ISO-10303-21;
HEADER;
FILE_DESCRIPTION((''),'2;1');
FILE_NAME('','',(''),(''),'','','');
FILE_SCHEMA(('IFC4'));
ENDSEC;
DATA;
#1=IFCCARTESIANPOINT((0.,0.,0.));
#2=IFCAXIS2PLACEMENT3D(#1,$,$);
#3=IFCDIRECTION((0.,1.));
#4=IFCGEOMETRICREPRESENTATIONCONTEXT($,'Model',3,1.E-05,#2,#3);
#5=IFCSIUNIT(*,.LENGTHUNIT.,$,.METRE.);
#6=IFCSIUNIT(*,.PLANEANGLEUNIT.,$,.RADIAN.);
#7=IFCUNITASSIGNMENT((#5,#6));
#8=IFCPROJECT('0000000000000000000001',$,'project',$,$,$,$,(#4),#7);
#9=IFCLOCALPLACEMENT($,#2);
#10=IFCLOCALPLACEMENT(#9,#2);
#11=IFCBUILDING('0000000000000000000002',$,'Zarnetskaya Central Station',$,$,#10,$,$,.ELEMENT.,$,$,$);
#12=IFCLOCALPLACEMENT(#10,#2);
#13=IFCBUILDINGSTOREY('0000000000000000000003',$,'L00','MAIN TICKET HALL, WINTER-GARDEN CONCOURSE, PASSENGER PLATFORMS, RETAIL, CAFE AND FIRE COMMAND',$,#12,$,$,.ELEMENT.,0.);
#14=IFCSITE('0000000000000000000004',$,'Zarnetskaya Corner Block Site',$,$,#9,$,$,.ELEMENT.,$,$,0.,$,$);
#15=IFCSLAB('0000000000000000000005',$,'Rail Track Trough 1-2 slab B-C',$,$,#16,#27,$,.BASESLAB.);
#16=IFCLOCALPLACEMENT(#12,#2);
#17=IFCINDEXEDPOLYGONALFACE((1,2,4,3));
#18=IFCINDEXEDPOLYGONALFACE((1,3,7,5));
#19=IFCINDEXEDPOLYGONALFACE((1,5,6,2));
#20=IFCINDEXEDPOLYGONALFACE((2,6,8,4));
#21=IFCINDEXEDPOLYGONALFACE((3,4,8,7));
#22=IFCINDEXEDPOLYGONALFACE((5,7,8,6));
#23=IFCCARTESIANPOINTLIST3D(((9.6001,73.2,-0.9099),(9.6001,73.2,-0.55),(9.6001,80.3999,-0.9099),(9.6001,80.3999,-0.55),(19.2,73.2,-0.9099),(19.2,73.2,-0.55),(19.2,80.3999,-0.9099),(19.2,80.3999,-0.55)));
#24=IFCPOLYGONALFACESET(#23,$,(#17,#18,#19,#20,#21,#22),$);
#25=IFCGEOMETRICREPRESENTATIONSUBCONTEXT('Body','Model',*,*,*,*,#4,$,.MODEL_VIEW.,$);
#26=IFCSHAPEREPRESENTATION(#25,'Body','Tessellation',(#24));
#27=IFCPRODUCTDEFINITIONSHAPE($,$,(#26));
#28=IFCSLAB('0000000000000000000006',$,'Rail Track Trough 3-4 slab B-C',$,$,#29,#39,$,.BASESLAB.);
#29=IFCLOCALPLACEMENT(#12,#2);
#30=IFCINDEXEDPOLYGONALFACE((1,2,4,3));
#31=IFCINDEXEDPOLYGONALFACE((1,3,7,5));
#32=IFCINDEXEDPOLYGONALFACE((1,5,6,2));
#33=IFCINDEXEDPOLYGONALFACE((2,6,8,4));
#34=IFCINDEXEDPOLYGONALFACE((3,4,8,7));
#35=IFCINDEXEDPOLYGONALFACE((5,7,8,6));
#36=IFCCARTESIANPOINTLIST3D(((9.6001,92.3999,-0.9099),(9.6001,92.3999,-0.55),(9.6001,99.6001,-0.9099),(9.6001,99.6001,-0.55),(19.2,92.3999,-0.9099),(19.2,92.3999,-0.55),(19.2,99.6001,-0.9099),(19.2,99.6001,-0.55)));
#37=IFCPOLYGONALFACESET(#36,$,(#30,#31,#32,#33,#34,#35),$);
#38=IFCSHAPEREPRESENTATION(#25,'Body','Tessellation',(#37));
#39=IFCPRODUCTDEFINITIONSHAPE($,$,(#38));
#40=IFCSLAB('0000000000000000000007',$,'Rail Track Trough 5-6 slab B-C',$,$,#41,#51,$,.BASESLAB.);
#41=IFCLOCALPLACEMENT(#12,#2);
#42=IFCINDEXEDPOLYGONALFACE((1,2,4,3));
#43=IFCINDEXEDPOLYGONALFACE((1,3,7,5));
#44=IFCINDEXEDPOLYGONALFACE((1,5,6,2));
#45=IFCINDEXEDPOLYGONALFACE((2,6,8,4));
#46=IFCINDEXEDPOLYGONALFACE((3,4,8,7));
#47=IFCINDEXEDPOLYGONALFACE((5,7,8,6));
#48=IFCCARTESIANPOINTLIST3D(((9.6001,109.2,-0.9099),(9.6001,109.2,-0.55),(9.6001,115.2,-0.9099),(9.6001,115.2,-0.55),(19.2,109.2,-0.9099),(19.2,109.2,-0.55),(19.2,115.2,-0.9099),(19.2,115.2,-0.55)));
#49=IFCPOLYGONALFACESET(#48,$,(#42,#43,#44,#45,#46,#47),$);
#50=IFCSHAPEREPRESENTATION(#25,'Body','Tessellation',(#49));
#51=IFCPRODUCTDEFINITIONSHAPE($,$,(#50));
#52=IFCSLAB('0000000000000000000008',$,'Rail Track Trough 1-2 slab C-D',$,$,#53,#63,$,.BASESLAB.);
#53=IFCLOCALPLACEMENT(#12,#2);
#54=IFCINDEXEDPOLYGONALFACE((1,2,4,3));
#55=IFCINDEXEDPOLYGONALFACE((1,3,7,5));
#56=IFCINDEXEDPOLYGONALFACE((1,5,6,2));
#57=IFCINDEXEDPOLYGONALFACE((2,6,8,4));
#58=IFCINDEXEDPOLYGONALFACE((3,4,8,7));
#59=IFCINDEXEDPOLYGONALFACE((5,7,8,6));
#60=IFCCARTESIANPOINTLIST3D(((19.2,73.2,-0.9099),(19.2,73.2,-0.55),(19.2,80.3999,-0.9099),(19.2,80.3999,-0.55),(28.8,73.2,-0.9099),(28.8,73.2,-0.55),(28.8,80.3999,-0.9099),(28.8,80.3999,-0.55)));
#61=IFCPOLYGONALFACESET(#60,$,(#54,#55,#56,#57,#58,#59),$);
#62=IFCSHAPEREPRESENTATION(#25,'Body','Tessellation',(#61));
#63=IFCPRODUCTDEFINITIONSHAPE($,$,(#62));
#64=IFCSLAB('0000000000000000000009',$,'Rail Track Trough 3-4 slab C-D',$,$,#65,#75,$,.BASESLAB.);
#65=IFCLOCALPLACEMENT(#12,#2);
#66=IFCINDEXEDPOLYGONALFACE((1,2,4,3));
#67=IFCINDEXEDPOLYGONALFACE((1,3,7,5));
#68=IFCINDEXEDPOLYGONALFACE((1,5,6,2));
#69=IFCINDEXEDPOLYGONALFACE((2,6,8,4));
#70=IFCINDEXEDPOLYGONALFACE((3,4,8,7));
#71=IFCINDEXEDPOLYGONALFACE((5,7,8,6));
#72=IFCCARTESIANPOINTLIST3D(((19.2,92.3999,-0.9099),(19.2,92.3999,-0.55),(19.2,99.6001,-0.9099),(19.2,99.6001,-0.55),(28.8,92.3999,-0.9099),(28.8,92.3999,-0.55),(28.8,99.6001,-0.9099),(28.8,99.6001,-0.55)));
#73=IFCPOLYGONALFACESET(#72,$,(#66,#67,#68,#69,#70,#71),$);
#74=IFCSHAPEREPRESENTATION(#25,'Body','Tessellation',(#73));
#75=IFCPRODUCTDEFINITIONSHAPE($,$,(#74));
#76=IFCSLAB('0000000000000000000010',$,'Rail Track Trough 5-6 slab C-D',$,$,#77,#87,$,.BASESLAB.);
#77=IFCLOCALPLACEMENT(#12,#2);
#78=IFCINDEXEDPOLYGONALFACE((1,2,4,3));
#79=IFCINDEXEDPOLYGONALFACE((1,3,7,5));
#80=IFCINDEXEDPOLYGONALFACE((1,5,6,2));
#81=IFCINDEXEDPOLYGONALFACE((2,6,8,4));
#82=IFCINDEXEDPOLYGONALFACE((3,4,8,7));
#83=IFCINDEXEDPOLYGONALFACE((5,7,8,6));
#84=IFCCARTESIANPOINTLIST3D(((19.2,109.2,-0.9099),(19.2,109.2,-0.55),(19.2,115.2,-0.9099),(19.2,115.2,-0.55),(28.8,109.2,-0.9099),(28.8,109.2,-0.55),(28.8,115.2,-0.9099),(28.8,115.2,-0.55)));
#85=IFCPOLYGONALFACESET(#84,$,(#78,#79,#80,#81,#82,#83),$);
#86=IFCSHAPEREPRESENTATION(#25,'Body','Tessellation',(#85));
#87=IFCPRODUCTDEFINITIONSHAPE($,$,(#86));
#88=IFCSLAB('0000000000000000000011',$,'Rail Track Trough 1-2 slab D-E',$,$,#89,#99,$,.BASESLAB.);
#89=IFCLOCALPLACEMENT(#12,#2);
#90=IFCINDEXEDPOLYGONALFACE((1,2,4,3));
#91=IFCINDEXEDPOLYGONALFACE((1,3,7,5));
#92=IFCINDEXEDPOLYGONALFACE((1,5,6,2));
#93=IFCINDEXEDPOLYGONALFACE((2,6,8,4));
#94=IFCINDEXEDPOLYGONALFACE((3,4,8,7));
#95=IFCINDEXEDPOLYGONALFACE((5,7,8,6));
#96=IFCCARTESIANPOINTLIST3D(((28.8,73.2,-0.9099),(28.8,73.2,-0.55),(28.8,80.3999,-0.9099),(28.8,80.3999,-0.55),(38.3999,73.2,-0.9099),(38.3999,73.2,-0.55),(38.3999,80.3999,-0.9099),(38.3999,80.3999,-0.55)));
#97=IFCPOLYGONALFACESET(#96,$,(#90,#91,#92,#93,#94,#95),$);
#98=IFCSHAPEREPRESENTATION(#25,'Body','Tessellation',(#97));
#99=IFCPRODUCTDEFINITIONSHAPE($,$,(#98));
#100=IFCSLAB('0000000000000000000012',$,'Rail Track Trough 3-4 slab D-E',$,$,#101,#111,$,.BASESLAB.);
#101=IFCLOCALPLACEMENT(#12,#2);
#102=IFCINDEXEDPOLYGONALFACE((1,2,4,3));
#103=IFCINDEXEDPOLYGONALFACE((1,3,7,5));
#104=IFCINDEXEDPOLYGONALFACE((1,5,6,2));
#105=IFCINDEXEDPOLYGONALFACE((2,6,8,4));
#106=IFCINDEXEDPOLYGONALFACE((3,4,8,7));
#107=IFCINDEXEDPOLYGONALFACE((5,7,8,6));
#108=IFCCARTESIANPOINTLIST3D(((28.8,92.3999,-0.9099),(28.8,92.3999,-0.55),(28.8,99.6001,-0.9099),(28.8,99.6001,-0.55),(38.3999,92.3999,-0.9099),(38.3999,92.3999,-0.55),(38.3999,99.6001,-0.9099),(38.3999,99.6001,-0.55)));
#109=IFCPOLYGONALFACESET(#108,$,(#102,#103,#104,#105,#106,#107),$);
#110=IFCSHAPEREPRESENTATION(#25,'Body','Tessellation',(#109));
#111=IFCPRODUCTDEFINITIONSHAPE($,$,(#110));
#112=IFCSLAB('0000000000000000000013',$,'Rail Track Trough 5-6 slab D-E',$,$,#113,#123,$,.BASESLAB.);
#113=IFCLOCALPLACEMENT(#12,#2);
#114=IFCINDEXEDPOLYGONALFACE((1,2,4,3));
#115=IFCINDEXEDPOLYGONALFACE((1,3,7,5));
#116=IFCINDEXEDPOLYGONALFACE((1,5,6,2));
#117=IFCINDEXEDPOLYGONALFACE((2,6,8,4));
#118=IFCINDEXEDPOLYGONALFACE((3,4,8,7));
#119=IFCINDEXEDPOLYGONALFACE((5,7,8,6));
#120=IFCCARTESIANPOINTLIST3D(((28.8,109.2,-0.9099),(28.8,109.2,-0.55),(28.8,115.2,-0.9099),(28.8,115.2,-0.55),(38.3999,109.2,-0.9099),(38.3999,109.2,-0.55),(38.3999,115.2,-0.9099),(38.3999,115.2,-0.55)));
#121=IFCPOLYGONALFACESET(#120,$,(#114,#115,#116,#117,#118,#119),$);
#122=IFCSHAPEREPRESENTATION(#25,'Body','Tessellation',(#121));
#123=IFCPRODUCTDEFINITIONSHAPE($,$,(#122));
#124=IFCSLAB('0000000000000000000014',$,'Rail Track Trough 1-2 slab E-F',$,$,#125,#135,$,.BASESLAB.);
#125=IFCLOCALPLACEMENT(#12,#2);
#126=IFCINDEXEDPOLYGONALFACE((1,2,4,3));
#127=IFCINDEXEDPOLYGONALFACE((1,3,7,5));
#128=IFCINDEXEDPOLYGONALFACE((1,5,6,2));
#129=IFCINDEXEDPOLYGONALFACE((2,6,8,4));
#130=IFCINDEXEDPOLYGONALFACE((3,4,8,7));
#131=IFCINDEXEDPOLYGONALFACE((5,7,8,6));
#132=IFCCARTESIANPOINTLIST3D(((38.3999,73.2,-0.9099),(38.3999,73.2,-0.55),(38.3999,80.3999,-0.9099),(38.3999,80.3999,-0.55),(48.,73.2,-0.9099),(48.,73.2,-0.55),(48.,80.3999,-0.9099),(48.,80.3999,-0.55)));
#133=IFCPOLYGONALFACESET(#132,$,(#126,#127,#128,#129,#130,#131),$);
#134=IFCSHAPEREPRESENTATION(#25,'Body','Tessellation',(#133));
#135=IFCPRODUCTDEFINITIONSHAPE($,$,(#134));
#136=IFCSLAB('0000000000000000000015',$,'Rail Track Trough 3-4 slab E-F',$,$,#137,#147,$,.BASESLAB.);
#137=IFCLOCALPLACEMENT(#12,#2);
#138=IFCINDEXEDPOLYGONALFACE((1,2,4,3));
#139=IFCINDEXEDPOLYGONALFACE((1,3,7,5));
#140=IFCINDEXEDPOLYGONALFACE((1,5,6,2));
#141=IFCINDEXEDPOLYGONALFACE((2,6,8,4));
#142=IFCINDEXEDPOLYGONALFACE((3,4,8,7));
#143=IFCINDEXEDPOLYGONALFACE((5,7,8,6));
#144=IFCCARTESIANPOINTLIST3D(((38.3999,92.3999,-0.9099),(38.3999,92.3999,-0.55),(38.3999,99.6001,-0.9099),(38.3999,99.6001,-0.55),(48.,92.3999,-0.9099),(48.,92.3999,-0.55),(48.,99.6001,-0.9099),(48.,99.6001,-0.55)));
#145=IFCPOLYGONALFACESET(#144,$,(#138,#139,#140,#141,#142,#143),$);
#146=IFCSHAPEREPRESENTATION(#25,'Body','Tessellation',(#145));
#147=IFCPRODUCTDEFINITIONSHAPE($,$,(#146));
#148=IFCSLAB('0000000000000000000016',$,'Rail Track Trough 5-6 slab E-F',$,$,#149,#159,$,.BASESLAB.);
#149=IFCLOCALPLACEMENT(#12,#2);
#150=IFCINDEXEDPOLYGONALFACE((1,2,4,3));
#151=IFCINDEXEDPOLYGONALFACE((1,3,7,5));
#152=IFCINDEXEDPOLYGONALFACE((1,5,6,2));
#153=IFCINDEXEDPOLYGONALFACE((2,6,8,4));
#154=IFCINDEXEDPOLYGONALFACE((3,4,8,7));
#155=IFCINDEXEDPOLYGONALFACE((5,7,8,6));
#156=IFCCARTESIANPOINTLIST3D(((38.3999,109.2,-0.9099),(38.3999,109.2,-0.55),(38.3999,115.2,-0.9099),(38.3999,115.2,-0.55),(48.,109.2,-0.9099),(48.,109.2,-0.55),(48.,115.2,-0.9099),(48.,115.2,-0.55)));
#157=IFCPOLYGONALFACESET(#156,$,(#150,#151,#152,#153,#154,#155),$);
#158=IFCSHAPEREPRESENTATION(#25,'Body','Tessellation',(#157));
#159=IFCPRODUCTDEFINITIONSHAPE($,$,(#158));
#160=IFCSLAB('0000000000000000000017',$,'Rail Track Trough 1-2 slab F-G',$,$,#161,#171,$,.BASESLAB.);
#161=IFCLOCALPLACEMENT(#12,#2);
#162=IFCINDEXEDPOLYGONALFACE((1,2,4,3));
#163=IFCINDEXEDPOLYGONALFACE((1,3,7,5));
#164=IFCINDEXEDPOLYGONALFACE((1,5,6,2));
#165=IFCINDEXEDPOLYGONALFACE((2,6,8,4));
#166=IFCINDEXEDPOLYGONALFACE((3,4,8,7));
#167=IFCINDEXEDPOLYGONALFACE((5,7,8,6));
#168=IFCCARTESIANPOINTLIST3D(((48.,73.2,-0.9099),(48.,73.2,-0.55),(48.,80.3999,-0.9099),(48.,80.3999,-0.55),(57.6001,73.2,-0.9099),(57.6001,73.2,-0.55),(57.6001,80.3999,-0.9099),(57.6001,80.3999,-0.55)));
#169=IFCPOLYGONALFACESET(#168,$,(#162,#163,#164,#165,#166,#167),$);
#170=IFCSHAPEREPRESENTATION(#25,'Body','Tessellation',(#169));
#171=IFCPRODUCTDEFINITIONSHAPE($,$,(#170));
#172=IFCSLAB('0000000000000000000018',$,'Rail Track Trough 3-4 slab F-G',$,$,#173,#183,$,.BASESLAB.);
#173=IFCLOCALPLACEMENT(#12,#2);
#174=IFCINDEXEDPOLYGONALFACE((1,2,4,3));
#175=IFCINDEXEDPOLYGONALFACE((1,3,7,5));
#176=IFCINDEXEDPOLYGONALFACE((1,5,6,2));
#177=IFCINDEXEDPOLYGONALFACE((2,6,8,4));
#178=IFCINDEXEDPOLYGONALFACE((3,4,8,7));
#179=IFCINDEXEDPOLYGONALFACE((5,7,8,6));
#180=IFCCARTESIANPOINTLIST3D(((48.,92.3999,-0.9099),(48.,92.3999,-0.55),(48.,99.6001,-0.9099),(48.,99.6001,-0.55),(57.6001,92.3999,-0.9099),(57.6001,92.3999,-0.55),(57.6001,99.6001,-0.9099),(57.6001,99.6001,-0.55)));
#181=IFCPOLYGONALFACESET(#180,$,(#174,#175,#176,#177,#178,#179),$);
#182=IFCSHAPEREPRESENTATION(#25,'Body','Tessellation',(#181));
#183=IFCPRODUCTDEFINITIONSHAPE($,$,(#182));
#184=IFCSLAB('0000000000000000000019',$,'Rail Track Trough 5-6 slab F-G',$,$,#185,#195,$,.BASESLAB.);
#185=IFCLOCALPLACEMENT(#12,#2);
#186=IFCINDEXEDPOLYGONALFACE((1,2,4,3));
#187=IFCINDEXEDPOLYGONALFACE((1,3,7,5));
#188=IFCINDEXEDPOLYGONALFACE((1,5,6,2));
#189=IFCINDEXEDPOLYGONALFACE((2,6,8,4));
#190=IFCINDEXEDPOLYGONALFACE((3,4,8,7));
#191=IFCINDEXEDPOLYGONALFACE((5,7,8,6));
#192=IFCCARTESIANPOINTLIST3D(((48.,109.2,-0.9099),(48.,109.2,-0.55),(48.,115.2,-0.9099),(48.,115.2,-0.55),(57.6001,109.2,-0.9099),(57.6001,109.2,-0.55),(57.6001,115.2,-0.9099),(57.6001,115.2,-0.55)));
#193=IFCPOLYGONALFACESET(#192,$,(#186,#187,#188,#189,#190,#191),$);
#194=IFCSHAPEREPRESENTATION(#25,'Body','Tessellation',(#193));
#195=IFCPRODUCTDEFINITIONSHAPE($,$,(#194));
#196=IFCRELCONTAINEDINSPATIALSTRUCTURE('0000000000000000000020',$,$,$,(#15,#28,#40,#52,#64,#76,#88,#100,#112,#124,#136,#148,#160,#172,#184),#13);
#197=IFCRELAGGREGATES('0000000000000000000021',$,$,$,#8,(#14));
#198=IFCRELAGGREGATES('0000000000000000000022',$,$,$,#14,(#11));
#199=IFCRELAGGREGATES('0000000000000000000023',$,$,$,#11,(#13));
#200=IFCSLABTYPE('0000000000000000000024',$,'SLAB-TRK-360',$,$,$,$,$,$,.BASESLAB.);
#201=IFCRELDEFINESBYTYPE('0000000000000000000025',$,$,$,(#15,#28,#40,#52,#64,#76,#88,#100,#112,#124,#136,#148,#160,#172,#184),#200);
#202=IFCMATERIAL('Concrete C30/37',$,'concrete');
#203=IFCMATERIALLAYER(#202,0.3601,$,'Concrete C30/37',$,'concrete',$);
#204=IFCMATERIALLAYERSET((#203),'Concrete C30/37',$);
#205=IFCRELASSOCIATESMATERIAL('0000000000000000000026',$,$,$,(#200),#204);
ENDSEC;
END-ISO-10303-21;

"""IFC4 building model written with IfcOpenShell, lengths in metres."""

from ifc_helpers import new_model, si_unit, direction, frame, origin, place, context, subcontext, project, spatial, polyline, outline, extrude, material, layer, layer_set, type_object, element, save


model = new_model("IFC4")

# Units and contexts
model_context = context("Model", 3, precision=1e-05, world=origin(), true_north=direction((0.0, 1.0)))
body_context = subcontext(model_context, "Body", "Model", "MODEL_VIEW")
ifc_project = project(units=[si_unit("LENGTHUNIT", "METRE"), si_unit("PLANEANGLEUNIT", "RADIAN")], contexts=[model_context])

# Site, building, storey
site_placement = place(None, origin())
site = spatial("IfcSite", under=ifc_project, at=site_placement, Name="Zarnetskaya Corner Block Site", CompositionType="ELEMENT", RefElevation=0.0)
building_placement = place(site_placement, origin())
building = spatial("IfcBuilding", under=site, at=building_placement, Name="Zarnetskaya Central Station", CompositionType="ELEMENT")
storey_placement = place(building_placement, origin())
storey = spatial("IfcBuildingStorey", under=building, at=storey_placement, Name="L00", Description="MAIN TICKET HALL, WINTER-GARDEN CONCOURSE, PASSENGER PLATFORMS, RETAIL, CAFE AND FIRE COMMAND", CompositionType="ELEMENT", Elevation=0.0)

# Slabs
ifc_material = material(Name="Concrete C30/37", Category="concrete")
ifc_layer = layer(ifc_material, 0.3601, Name="Concrete C30/37", Category="concrete")
ifc_layer_set = layer_set([ifc_layer], Name="Concrete C30/37")
slab_type = type_object("IfcSlabType", Name="SLAB-TRK-360", PredefinedType="BASESLAB", material=ifc_layer_set)
slab_1_placement = place(storey_placement, frame((0.0, 0.0, -0.9099)))
element("IfcSlab", 1, at=slab_1_placement, inside=storey, type_object=slab_type, Name="Rail Track Trough 1-2 slab B-C", PredefinedType="BASESLAB", context=body_context, shape_type="SweptSolid", body=[
    extrude(outline(polyline([(9.6001, 73.2), (19.2, 73.2), (19.2, 80.3999), (9.6001, 80.3999), (9.6001, 73.2)])), origin(), (0.0, 0.0, 1.0), 0.3599),
])
slab_2_placement = place(storey_placement, frame((0.0, 0.0, -0.9099)))
element("IfcSlab", 2, at=slab_2_placement, inside=storey, type_object=slab_type, Name="Rail Track Trough 3-4 slab B-C", PredefinedType="BASESLAB", context=body_context, shape_type="SweptSolid", body=[
    extrude(outline(polyline([(9.6001, 92.3999), (19.2, 92.3999), (19.2, 99.6001), (9.6001, 99.6001), (9.6001, 92.3999)])), origin(), (0.0, 0.0, 1.0), 0.3599),
])
slab_3_placement = place(storey_placement, frame((0.0, 0.0, -0.9099)))
element("IfcSlab", 3, at=slab_3_placement, inside=storey, type_object=slab_type, Name="Rail Track Trough 5-6 slab B-C", PredefinedType="BASESLAB", context=body_context, shape_type="SweptSolid", body=[
    extrude(outline(polyline([(9.6001, 109.2), (19.2, 109.2), (19.2, 115.2), (9.6001, 115.2), (9.6001, 109.2)])), origin(), (0.0, 0.0, 1.0), 0.3599),
])
slab_4_placement = place(storey_placement, frame((0.0, 0.0, -0.9099)))
element("IfcSlab", 4, at=slab_4_placement, inside=storey, type_object=slab_type, Name="Rail Track Trough 1-2 slab C-D", PredefinedType="BASESLAB", context=body_context, shape_type="SweptSolid", body=[
    extrude(outline(polyline([(19.2, 73.2), (28.8, 73.2), (28.8, 80.3999), (19.2, 80.3999), (19.2, 73.2)])), origin(), (0.0, 0.0, 1.0), 0.3599),
])
slab_5_placement = place(storey_placement, frame((0.0, 0.0, -0.9099)))
element("IfcSlab", 5, at=slab_5_placement, inside=storey, type_object=slab_type, Name="Rail Track Trough 3-4 slab C-D", PredefinedType="BASESLAB", context=body_context, shape_type="SweptSolid", body=[
    extrude(outline(polyline([(19.2, 92.3999), (28.8, 92.3999), (28.8, 99.6001), (19.2, 99.6001), (19.2, 92.3999)])), origin(), (0.0, 0.0, 1.0), 0.3599),
])
slab_6_placement = place(storey_placement, frame((0.0, 0.0, -0.9099)))
element("IfcSlab", 6, at=slab_6_placement, inside=storey, type_object=slab_type, Name="Rail Track Trough 5-6 slab C-D", PredefinedType="BASESLAB", context=body_context, shape_type="SweptSolid", body=[
    extrude(outline(polyline([(19.2, 109.2), (28.8, 109.2), (28.8, 115.2), (19.2, 115.2), (19.2, 109.2)])), origin(), (0.0, 0.0, 1.0), 0.3599),
])
slab_7_placement = place(storey_placement, frame((0.0, 0.0, -0.9099)))
element("IfcSlab", 7, at=slab_7_placement, inside=storey, type_object=slab_type, Name="Rail Track Trough 1-2 slab D-E", PredefinedType="BASESLAB", context=body_context, shape_type="SweptSolid", body=[
    extrude(outline(polyline([(28.8, 73.2), (38.3999, 73.2), (38.3999, 80.3999), (28.8, 80.3999), (28.8, 73.2)])), origin(), (0.0, 0.0, 1.0), 0.3599),
])
slab_8_placement = place(storey_placement, frame((0.0, 0.0, -0.9099)))
element("IfcSlab", 8, at=slab_8_placement, inside=storey, type_object=slab_type, Name="Rail Track Trough 3-4 slab D-E", PredefinedType="BASESLAB", context=body_context, shape_type="SweptSolid", body=[
    extrude(outline(polyline([(28.8, 92.3999), (38.3999, 92.3999), (38.3999, 99.6001), (28.8, 99.6001), (28.8, 92.3999)])), origin(), (0.0, 0.0, 1.0), 0.3599),
])
slab_9_placement = place(storey_placement, frame((0.0, 0.0, -0.9099)))
element("IfcSlab", 9, at=slab_9_placement, inside=storey, type_object=slab_type, Name="Rail Track Trough 5-6 slab D-E", PredefinedType="BASESLAB", context=body_context, shape_type="SweptSolid", body=[
    extrude(outline(polyline([(28.8, 109.2), (38.3999, 109.2), (38.3999, 115.2), (28.8, 115.2), (28.8, 109.2)])), origin(), (0.0, 0.0, 1.0), 0.3599),
])
slab_10_placement = place(storey_placement, frame((0.0, 0.0, -0.9099)))
element("IfcSlab", 10, at=slab_10_placement, inside=storey, type_object=slab_type, Name="Rail Track Trough 1-2 slab E-F", PredefinedType="BASESLAB", context=body_context, shape_type="SweptSolid", body=[
    extrude(outline(polyline([(38.3999, 73.2), (48.0, 73.2), (48.0, 80.3999), (38.3999, 80.3999), (38.3999, 73.2)])), origin(), (0.0, 0.0, 1.0), 0.3599),
])
slab_11_placement = place(storey_placement, frame((0.0, 0.0, -0.9099)))
element("IfcSlab", 11, at=slab_11_placement, inside=storey, type_object=slab_type, Name="Rail Track Trough 3-4 slab E-F", PredefinedType="BASESLAB", context=body_context, shape_type="SweptSolid", body=[
    extrude(outline(polyline([(38.3999, 92.3999), (48.0, 92.3999), (48.0, 99.6001), (38.3999, 99.6001), (38.3999, 92.3999)])), origin(), (0.0, 0.0, 1.0), 0.3599),
])
slab_12_placement = place(storey_placement, frame((0.0, 0.0, -0.9099)))
element("IfcSlab", 12, at=slab_12_placement, inside=storey, type_object=slab_type, Name="Rail Track Trough 5-6 slab E-F", PredefinedType="BASESLAB", context=body_context, shape_type="SweptSolid", body=[
    extrude(outline(polyline([(38.3999, 109.2), (48.0, 109.2), (48.0, 115.2), (38.3999, 115.2), (38.3999, 109.2)])), origin(), (0.0, 0.0, 1.0), 0.3599),
])
slab_13_placement = place(storey_placement, frame((0.0, 0.0, -0.9099)))
element("IfcSlab", 13, at=slab_13_placement, inside=storey, type_object=slab_type, Name="Rail Track Trough 1-2 slab F-G", PredefinedType="BASESLAB", context=body_context, shape_type="SweptSolid", body=[
    extrude(outline(polyline([(48.0, 73.2), (57.6001, 73.2), (57.6001, 80.3999), (48.0, 80.3999), (48.0, 73.2)])), origin(), (0.0, 0.0, 1.0), 0.3599),
])
slab_14_placement = place(storey_placement, frame((0.0, 0.0, -0.9099)))
element("IfcSlab", 14, at=slab_14_placement, inside=storey, type_object=slab_type, Name="Rail Track Trough 3-4 slab F-G", PredefinedType="BASESLAB", context=body_context, shape_type="SweptSolid", body=[
    extrude(outline(polyline([(48.0, 92.3999), (57.6001, 92.3999), (57.6001, 99.6001), (48.0, 99.6001), (48.0, 92.3999)])), origin(), (0.0, 0.0, 1.0), 0.3599),
])
slab_15_placement = place(storey_placement, frame((0.0, 0.0, -0.9099)))
element("IfcSlab", 15, at=slab_15_placement, inside=storey, type_object=slab_type, Name="Rail Track Trough 5-6 slab F-G", PredefinedType="BASESLAB", context=body_context, shape_type="SweptSolid", body=[
    extrude(outline(polyline([(48.0, 109.2), (57.6001, 109.2), (57.6001, 115.2), (48.0, 115.2), (48.0, 109.2)])), origin(), (0.0, 0.0, 1.0), 0.3599),
])

save(model, "model.ifc")
